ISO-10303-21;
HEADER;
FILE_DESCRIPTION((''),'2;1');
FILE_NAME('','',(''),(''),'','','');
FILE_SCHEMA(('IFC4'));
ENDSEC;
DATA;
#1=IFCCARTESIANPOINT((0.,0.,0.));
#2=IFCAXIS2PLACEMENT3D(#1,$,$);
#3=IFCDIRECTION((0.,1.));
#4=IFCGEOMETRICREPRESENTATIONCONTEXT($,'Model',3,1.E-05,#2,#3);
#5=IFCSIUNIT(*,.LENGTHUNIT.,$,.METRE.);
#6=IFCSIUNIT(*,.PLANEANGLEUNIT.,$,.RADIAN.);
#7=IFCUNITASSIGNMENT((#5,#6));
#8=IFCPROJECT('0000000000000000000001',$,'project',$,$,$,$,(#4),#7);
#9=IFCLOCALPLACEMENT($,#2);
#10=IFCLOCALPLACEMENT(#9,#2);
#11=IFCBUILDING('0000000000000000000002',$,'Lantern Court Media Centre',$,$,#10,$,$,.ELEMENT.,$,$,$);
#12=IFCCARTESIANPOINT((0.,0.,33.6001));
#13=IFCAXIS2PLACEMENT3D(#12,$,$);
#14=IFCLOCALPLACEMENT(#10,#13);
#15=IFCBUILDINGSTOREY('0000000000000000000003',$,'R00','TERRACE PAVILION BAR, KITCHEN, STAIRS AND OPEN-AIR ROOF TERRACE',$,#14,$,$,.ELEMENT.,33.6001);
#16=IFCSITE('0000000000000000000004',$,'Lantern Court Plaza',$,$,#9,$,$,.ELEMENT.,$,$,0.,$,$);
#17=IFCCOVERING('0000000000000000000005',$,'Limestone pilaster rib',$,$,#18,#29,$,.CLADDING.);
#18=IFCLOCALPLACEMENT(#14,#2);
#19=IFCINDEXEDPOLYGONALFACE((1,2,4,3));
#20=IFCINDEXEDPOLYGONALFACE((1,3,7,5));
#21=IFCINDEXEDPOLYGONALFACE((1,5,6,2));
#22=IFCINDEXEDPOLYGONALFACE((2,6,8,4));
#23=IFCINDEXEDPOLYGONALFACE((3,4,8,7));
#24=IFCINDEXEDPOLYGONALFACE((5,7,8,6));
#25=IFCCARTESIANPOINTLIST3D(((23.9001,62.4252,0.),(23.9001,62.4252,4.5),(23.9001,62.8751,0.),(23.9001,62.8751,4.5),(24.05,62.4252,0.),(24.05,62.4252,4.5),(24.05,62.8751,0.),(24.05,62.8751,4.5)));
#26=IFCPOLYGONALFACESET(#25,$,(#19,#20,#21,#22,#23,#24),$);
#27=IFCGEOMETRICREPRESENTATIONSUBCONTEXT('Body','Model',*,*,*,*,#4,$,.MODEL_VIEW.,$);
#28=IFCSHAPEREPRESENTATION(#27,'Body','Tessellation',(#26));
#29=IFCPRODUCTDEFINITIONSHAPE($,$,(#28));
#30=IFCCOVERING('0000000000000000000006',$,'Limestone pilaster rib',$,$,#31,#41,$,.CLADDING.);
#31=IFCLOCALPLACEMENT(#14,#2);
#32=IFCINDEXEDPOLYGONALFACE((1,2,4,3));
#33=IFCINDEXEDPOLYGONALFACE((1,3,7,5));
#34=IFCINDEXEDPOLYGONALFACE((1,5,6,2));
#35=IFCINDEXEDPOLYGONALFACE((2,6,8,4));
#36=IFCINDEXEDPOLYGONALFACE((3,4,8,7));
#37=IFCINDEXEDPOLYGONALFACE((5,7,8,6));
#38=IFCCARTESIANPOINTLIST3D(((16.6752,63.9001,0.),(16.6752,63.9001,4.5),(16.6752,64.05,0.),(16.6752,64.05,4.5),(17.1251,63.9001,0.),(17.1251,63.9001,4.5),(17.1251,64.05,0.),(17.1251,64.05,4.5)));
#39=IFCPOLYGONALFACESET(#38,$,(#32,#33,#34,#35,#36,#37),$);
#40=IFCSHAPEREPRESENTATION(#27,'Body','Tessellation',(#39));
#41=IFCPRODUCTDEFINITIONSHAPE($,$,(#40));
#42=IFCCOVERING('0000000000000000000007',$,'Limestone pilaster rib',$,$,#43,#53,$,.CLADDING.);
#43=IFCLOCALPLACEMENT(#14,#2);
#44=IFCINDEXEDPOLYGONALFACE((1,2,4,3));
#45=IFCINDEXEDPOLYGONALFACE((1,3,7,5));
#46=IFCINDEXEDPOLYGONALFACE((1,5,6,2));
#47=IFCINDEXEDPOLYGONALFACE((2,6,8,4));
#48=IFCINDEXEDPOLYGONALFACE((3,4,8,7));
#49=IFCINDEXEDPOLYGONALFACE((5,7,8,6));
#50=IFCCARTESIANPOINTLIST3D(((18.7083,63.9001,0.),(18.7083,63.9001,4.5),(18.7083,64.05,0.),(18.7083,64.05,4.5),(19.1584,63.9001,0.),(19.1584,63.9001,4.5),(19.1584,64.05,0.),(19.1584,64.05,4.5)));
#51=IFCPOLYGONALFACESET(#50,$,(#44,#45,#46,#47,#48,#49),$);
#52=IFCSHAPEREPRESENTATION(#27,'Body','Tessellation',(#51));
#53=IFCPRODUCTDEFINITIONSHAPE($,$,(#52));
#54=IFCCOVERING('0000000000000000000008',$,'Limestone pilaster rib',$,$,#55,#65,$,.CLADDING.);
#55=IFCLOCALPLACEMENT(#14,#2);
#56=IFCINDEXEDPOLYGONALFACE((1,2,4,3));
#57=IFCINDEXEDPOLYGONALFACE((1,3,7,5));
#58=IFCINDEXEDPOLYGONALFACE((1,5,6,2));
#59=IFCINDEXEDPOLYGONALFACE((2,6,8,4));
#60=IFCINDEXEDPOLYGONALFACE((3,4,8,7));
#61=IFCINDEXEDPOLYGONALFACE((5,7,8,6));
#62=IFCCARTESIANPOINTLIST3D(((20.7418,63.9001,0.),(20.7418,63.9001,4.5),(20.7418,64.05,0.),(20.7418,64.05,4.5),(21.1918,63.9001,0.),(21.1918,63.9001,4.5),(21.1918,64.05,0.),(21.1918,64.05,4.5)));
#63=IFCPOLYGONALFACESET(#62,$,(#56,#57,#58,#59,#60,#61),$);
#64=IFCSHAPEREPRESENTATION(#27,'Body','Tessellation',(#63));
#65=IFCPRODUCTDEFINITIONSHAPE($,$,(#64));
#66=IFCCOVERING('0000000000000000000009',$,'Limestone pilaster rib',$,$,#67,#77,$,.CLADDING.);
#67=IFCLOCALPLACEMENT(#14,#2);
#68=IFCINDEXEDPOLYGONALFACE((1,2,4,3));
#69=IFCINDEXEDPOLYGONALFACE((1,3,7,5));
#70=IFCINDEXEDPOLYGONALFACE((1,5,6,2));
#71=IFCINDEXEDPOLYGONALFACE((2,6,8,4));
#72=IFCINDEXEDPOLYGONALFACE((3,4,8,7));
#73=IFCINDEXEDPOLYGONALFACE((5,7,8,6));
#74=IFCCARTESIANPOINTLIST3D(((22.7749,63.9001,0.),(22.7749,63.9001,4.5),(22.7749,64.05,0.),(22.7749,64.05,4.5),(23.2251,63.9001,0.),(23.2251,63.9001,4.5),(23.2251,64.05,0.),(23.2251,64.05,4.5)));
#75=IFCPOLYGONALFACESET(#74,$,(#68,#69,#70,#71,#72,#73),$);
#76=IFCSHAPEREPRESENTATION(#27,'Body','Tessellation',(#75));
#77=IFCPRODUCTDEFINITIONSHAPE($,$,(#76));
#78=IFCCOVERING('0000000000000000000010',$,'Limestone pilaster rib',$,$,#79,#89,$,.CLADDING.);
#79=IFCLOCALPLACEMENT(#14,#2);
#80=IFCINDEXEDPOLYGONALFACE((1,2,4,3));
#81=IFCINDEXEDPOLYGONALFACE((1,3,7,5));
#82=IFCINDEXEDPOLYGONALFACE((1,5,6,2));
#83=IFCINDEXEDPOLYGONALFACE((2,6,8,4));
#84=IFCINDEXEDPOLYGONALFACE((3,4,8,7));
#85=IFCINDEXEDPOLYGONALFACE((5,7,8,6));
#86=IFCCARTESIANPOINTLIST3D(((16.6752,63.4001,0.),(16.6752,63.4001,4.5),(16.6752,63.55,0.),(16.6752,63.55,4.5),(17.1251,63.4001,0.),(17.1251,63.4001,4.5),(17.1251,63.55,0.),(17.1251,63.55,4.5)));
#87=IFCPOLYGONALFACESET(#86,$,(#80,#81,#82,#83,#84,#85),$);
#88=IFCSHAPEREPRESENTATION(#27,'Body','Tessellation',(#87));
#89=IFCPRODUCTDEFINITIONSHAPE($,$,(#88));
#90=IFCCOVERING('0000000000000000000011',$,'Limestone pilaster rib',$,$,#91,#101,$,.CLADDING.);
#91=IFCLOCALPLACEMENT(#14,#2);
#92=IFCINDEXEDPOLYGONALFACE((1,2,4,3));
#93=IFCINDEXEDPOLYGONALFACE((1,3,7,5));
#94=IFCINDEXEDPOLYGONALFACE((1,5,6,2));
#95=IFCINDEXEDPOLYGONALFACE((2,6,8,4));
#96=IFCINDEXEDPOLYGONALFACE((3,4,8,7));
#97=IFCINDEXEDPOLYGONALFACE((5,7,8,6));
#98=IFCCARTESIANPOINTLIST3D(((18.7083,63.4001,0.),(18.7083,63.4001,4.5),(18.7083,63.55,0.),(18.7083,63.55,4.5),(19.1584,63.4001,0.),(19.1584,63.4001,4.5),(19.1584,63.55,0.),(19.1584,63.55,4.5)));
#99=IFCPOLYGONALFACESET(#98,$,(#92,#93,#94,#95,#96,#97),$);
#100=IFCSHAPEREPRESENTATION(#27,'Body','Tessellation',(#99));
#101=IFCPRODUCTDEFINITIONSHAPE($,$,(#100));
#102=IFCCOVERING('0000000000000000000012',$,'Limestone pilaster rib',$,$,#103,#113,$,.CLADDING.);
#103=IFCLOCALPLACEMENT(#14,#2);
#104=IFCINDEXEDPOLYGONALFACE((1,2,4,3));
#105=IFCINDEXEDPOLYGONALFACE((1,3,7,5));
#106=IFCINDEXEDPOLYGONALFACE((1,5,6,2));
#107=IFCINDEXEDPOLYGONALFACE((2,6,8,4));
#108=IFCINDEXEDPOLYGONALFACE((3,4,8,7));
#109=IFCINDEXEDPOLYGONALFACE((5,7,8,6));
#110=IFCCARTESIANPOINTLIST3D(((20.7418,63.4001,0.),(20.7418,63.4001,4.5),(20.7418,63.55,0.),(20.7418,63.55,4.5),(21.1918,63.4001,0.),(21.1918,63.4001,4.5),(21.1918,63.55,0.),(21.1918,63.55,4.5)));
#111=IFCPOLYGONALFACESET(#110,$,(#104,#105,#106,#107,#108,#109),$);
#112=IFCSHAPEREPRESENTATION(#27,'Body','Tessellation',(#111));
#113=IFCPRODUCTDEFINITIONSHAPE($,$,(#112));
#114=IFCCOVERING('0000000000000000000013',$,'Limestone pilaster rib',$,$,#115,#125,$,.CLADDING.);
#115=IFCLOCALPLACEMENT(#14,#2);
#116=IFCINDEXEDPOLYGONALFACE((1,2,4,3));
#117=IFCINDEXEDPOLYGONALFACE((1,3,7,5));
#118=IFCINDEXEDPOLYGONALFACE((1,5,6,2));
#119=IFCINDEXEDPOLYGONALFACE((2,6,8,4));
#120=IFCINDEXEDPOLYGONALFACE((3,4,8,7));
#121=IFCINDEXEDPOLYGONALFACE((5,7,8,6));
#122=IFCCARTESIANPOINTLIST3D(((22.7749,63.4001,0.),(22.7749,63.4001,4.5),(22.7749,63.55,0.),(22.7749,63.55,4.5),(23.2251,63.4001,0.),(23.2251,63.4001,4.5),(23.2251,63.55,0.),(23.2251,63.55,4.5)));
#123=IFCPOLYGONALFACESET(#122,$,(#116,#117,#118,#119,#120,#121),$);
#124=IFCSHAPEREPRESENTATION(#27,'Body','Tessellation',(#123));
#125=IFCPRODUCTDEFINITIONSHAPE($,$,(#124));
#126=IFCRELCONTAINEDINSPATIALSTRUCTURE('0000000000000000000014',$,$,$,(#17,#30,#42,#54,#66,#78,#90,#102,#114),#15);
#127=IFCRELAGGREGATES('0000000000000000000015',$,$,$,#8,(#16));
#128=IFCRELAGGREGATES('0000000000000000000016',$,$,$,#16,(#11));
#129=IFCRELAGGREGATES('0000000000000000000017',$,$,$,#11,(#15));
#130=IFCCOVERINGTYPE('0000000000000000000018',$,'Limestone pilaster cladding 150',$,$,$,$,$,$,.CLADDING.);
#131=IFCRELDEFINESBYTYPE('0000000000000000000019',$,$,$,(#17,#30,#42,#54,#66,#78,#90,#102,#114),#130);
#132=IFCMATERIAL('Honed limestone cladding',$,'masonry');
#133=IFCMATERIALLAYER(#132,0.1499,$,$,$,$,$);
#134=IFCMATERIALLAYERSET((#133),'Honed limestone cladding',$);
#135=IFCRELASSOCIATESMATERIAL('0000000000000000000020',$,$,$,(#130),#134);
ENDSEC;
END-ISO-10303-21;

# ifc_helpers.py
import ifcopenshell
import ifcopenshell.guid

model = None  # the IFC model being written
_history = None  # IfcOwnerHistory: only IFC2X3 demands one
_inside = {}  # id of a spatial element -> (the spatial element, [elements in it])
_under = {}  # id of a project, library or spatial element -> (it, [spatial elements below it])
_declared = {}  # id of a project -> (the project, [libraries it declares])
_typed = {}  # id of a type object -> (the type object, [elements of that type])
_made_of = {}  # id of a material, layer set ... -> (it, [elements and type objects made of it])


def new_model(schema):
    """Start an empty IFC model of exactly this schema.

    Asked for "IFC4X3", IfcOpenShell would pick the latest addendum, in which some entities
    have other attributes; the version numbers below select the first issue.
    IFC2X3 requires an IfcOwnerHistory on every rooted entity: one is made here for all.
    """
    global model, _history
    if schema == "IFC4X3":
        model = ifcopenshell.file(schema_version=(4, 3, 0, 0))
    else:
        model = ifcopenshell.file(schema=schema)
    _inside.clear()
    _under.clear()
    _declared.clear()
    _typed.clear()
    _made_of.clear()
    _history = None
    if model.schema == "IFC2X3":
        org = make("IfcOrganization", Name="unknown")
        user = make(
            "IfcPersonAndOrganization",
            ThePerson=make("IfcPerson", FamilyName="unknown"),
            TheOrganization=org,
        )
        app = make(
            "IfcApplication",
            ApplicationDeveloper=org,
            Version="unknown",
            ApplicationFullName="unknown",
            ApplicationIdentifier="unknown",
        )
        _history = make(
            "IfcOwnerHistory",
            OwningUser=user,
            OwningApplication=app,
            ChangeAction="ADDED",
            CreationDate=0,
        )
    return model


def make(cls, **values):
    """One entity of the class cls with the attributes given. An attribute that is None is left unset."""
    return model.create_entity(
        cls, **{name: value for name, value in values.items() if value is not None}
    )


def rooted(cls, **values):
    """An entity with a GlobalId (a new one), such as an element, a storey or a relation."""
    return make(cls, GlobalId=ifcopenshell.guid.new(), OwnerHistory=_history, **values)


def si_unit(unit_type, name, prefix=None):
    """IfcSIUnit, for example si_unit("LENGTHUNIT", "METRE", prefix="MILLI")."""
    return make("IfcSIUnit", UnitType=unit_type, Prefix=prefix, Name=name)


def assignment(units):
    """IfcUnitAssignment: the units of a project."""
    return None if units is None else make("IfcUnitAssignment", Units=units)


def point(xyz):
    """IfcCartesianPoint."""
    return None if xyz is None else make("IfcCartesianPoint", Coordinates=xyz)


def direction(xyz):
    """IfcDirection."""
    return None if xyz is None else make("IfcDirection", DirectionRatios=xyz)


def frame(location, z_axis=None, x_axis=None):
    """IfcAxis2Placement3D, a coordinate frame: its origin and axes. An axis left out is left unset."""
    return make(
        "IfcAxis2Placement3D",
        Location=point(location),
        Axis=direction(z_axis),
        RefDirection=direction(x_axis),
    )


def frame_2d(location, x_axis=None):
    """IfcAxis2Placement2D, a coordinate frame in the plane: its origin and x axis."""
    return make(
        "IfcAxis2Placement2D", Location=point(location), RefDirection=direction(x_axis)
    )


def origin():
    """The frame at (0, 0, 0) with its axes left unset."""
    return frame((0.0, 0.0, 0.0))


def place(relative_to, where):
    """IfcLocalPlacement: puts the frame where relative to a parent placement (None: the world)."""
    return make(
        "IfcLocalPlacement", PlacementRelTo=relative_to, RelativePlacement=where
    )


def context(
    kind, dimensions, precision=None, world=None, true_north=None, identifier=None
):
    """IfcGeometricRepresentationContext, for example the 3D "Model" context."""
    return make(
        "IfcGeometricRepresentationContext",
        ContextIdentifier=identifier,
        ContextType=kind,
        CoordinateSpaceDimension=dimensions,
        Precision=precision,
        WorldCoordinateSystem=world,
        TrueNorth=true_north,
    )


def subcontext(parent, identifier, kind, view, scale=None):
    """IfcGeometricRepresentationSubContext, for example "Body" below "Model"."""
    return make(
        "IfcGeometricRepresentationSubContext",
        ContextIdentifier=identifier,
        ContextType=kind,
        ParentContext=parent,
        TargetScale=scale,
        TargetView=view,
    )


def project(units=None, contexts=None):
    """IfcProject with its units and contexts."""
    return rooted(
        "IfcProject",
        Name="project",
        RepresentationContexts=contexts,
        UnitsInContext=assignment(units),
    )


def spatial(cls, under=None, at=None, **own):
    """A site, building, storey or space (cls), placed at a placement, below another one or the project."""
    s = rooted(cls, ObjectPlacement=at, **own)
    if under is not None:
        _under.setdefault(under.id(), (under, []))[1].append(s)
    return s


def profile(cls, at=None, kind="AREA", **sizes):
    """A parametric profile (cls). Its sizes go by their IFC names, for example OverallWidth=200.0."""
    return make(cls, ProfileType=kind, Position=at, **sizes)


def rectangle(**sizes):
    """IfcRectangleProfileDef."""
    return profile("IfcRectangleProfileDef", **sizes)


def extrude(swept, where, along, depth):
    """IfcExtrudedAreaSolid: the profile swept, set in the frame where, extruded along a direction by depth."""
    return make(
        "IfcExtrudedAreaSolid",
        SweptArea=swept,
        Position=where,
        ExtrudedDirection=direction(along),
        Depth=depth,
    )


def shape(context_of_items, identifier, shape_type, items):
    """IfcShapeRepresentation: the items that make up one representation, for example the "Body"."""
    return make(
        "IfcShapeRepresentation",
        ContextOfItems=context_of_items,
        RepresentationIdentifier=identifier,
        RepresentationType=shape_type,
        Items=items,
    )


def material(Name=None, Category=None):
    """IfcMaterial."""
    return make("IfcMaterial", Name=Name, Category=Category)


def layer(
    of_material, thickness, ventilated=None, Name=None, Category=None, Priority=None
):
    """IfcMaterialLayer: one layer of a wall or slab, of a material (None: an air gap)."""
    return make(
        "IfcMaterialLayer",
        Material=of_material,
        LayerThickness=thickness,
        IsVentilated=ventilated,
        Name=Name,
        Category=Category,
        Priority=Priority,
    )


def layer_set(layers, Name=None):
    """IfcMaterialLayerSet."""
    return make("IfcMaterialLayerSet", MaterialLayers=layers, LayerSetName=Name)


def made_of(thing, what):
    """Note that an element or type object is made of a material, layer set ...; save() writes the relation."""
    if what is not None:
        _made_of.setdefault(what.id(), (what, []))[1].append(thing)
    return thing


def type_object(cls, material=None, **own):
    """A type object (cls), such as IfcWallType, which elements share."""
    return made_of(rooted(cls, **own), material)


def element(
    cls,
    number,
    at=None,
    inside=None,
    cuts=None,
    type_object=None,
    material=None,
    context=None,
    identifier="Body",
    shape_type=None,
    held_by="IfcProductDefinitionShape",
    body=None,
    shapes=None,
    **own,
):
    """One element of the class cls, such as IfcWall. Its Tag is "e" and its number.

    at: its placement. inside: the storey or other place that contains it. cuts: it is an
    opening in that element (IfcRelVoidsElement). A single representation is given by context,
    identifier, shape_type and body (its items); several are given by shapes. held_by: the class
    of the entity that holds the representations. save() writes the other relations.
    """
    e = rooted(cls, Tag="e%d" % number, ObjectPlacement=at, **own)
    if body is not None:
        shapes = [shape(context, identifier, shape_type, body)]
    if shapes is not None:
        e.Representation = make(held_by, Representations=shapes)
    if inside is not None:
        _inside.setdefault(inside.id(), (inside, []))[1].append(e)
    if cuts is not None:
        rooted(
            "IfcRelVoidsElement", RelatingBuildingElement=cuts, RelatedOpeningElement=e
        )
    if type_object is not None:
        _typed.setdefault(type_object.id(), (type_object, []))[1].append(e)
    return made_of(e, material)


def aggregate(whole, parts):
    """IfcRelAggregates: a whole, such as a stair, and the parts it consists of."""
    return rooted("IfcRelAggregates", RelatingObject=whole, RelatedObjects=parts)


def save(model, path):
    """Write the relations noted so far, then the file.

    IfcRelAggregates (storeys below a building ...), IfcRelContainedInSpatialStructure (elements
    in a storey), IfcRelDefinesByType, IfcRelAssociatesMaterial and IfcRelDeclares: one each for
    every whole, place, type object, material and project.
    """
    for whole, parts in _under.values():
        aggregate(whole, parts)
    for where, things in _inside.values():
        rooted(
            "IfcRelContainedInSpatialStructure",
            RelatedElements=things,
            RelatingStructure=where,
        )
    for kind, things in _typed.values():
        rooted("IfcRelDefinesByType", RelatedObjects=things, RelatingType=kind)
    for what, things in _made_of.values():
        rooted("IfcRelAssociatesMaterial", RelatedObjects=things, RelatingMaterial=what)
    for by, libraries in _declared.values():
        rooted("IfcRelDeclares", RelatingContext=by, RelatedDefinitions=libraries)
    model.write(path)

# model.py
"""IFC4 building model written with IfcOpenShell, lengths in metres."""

from ifc_helpers import new_model, si_unit, direction, frame, frame_2d, origin, place, context, subcontext, project, spatial, rectangle, extrude, material, layer, layer_set, type_object, element, save


model = new_model("IFC4")

# Units and contexts
model_context = context("Model", 3, precision=1e-05, world=origin(), true_north=direction((0.0, 1.0)))
body_context = subcontext(model_context, "Body", "Model", "MODEL_VIEW")
ifc_project = project(units=[si_unit("LENGTHUNIT", "METRE"), si_unit("PLANEANGLEUNIT", "RADIAN")], contexts=[model_context])

# Site, building, storey
site_placement = place(None, origin())
site = spatial("IfcSite", under=ifc_project, at=site_placement, Name="Lantern Court Plaza", CompositionType="ELEMENT", RefElevation=0.0)
building_placement = place(site_placement, origin())
building = spatial("IfcBuilding", under=site, at=building_placement, Name="Lantern Court Media Centre", CompositionType="ELEMENT")
storey_placement = place(building_placement, frame((0.0, 0.0, 33.6001)))
storey = spatial("IfcBuildingStorey", under=building, at=storey_placement, Name="R00", Description="TERRACE PAVILION BAR, KITCHEN, STAIRS AND OPEN-AIR ROOF TERRACE", CompositionType="ELEMENT", Elevation=33.6001)

# Coverings
ifc_material_1 = material(Name="Honed limestone cladding", Category="masonry")
ifc_layer_1 = layer(ifc_material_1, 0.1499)
ifc_layer_set_1 = layer_set([ifc_layer_1], Name="Honed limestone cladding")
covering_type_1 = type_object("IfcCoveringType", Name="Limestone pilaster cladding 150", PredefinedType="CLADDING", material=ifc_layer_set_1)
for number, where, z_axis, x_axis, name in (
    (1, (23.9751, 62.425, 0.0), (0.0, 0.0, 1.0), (0.0, 1.0, 0.0), "Limestone pilaster rib"),
    (2, (16.675, 63.9751, 0.0), (0.0, 0.0, 1.0), (1.0, 0.0, 0.0), "Limestone pilaster rib"),
):
    element("IfcCovering", number, at=place(storey_placement, frame(where, z_axis=z_axis, x_axis=x_axis)), inside=storey, type_object=covering_type_1, Name=name, PredefinedType="CLADDING", context=body_context, shape_type="SweptSolid", body=[
        extrude(rectangle(XDim=0.45, YDim=0.1499, at=frame_2d((0.2251, 0.0))), origin(), (0.0, 0.0, 1.0), 4.5),
    ])
covering_1_placement = place(storey_placement, frame((18.7083, 63.9751, 0.0), z_axis=(0.0, 0.0, 1.0), x_axis=(1.0, 0.0, 0.0)))
element("IfcCovering", 3, at=covering_1_placement, inside=storey, type_object=covering_type_1, Name="Limestone pilaster rib", PredefinedType="CLADDING", context=body_context, shape_type="SweptSolid", body=[
    extrude(rectangle(XDim=0.4502, YDim=0.1499, at=frame_2d((0.2251, 0.0))), origin(), (0.0, 0.0, 1.0), 4.5),
])
covering_2_placement = place(storey_placement, frame((20.7417, 63.9751, 0.0), z_axis=(0.0, 0.0, 1.0), x_axis=(1.0, 0.0, 0.0)))
element("IfcCovering", 4, at=covering_2_placement, inside=storey, type_object=covering_type_1, Name="Limestone pilaster rib", PredefinedType="CLADDING", context=body_context, shape_type="SweptSolid", body=[
    extrude(rectangle(XDim=0.45, YDim=0.1499, at=frame_2d((0.2251, 0.0))), origin(), (0.0, 0.0, 1.0), 4.5),
])
covering_3_placement = place(storey_placement, frame((22.7749, 63.9751, 0.0), z_axis=(0.0, 0.0, 1.0), x_axis=(1.0, 0.0, 0.0)))
element("IfcCovering", 5, at=covering_3_placement, inside=storey, type_object=covering_type_1, Name="Limestone pilaster rib", PredefinedType="CLADDING", context=body_context, shape_type="SweptSolid", body=[
    extrude(rectangle(XDim=0.4502, YDim=0.1499, at=frame_2d((0.2251, 0.0))), origin(), (0.0, 0.0, 1.0), 4.5),
])
covering_4_placement = place(storey_placement, frame((16.675, 63.4751, 0.0), z_axis=(0.0, 0.0, 1.0), x_axis=(1.0, 0.0, 0.0)))
element("IfcCovering", 6, at=covering_4_placement, inside=storey, type_object=covering_type_1, Name="Limestone pilaster rib", PredefinedType="CLADDING", context=body_context, shape_type="SweptSolid", body=[
    extrude(rectangle(XDim=0.45, YDim=0.1499, at=frame_2d((0.2251, 0.0))), origin(), (0.0, 0.0, 1.0), 4.5),
])
covering_5_placement = place(storey_placement, frame((18.7083, 63.4751, 0.0), z_axis=(0.0, 0.0, 1.0), x_axis=(1.0, 0.0, 0.0)))
element("IfcCovering", 7, at=covering_5_placement, inside=storey, type_object=covering_type_1, Name="Limestone pilaster rib", PredefinedType="CLADDING", context=body_context, shape_type="SweptSolid", body=[
    extrude(rectangle(XDim=0.4502, YDim=0.1499, at=frame_2d((0.2251, 0.0))), origin(), (0.0, 0.0, 1.0), 4.5),
])
covering_6_placement = place(storey_placement, frame((20.7417, 63.4751, 0.0), z_axis=(0.0, 0.0, 1.0), x_axis=(1.0, 0.0, 0.0)))
element("IfcCovering", 8, at=covering_6_placement, inside=storey, type_object=covering_type_1, Name="Limestone pilaster rib", PredefinedType="CLADDING", context=body_context, shape_type="SweptSolid", body=[
    extrude(rectangle(XDim=0.45, YDim=0.1499, at=frame_2d((0.2251, 0.0))), origin(), (0.0, 0.0, 1.0), 4.5),
])
covering_7_placement = place(storey_placement, frame((22.7749, 63.4751, 0.0), z_axis=(0.0, 0.0, 1.0), x_axis=(1.0, 0.0, 0.0)))
element("IfcCovering", 9, at=covering_7_placement, inside=storey, type_object=covering_type_1, Name="Limestone pilaster rib", PredefinedType="CLADDING", context=body_context, shape_type="SweptSolid", body=[
    extrude(rectangle(XDim=0.4502, YDim=0.1499, at=frame_2d((0.2251, 0.0))), origin(), (0.0, 0.0, 1.0), 4.5),
])

save(model, "model.ifc")
